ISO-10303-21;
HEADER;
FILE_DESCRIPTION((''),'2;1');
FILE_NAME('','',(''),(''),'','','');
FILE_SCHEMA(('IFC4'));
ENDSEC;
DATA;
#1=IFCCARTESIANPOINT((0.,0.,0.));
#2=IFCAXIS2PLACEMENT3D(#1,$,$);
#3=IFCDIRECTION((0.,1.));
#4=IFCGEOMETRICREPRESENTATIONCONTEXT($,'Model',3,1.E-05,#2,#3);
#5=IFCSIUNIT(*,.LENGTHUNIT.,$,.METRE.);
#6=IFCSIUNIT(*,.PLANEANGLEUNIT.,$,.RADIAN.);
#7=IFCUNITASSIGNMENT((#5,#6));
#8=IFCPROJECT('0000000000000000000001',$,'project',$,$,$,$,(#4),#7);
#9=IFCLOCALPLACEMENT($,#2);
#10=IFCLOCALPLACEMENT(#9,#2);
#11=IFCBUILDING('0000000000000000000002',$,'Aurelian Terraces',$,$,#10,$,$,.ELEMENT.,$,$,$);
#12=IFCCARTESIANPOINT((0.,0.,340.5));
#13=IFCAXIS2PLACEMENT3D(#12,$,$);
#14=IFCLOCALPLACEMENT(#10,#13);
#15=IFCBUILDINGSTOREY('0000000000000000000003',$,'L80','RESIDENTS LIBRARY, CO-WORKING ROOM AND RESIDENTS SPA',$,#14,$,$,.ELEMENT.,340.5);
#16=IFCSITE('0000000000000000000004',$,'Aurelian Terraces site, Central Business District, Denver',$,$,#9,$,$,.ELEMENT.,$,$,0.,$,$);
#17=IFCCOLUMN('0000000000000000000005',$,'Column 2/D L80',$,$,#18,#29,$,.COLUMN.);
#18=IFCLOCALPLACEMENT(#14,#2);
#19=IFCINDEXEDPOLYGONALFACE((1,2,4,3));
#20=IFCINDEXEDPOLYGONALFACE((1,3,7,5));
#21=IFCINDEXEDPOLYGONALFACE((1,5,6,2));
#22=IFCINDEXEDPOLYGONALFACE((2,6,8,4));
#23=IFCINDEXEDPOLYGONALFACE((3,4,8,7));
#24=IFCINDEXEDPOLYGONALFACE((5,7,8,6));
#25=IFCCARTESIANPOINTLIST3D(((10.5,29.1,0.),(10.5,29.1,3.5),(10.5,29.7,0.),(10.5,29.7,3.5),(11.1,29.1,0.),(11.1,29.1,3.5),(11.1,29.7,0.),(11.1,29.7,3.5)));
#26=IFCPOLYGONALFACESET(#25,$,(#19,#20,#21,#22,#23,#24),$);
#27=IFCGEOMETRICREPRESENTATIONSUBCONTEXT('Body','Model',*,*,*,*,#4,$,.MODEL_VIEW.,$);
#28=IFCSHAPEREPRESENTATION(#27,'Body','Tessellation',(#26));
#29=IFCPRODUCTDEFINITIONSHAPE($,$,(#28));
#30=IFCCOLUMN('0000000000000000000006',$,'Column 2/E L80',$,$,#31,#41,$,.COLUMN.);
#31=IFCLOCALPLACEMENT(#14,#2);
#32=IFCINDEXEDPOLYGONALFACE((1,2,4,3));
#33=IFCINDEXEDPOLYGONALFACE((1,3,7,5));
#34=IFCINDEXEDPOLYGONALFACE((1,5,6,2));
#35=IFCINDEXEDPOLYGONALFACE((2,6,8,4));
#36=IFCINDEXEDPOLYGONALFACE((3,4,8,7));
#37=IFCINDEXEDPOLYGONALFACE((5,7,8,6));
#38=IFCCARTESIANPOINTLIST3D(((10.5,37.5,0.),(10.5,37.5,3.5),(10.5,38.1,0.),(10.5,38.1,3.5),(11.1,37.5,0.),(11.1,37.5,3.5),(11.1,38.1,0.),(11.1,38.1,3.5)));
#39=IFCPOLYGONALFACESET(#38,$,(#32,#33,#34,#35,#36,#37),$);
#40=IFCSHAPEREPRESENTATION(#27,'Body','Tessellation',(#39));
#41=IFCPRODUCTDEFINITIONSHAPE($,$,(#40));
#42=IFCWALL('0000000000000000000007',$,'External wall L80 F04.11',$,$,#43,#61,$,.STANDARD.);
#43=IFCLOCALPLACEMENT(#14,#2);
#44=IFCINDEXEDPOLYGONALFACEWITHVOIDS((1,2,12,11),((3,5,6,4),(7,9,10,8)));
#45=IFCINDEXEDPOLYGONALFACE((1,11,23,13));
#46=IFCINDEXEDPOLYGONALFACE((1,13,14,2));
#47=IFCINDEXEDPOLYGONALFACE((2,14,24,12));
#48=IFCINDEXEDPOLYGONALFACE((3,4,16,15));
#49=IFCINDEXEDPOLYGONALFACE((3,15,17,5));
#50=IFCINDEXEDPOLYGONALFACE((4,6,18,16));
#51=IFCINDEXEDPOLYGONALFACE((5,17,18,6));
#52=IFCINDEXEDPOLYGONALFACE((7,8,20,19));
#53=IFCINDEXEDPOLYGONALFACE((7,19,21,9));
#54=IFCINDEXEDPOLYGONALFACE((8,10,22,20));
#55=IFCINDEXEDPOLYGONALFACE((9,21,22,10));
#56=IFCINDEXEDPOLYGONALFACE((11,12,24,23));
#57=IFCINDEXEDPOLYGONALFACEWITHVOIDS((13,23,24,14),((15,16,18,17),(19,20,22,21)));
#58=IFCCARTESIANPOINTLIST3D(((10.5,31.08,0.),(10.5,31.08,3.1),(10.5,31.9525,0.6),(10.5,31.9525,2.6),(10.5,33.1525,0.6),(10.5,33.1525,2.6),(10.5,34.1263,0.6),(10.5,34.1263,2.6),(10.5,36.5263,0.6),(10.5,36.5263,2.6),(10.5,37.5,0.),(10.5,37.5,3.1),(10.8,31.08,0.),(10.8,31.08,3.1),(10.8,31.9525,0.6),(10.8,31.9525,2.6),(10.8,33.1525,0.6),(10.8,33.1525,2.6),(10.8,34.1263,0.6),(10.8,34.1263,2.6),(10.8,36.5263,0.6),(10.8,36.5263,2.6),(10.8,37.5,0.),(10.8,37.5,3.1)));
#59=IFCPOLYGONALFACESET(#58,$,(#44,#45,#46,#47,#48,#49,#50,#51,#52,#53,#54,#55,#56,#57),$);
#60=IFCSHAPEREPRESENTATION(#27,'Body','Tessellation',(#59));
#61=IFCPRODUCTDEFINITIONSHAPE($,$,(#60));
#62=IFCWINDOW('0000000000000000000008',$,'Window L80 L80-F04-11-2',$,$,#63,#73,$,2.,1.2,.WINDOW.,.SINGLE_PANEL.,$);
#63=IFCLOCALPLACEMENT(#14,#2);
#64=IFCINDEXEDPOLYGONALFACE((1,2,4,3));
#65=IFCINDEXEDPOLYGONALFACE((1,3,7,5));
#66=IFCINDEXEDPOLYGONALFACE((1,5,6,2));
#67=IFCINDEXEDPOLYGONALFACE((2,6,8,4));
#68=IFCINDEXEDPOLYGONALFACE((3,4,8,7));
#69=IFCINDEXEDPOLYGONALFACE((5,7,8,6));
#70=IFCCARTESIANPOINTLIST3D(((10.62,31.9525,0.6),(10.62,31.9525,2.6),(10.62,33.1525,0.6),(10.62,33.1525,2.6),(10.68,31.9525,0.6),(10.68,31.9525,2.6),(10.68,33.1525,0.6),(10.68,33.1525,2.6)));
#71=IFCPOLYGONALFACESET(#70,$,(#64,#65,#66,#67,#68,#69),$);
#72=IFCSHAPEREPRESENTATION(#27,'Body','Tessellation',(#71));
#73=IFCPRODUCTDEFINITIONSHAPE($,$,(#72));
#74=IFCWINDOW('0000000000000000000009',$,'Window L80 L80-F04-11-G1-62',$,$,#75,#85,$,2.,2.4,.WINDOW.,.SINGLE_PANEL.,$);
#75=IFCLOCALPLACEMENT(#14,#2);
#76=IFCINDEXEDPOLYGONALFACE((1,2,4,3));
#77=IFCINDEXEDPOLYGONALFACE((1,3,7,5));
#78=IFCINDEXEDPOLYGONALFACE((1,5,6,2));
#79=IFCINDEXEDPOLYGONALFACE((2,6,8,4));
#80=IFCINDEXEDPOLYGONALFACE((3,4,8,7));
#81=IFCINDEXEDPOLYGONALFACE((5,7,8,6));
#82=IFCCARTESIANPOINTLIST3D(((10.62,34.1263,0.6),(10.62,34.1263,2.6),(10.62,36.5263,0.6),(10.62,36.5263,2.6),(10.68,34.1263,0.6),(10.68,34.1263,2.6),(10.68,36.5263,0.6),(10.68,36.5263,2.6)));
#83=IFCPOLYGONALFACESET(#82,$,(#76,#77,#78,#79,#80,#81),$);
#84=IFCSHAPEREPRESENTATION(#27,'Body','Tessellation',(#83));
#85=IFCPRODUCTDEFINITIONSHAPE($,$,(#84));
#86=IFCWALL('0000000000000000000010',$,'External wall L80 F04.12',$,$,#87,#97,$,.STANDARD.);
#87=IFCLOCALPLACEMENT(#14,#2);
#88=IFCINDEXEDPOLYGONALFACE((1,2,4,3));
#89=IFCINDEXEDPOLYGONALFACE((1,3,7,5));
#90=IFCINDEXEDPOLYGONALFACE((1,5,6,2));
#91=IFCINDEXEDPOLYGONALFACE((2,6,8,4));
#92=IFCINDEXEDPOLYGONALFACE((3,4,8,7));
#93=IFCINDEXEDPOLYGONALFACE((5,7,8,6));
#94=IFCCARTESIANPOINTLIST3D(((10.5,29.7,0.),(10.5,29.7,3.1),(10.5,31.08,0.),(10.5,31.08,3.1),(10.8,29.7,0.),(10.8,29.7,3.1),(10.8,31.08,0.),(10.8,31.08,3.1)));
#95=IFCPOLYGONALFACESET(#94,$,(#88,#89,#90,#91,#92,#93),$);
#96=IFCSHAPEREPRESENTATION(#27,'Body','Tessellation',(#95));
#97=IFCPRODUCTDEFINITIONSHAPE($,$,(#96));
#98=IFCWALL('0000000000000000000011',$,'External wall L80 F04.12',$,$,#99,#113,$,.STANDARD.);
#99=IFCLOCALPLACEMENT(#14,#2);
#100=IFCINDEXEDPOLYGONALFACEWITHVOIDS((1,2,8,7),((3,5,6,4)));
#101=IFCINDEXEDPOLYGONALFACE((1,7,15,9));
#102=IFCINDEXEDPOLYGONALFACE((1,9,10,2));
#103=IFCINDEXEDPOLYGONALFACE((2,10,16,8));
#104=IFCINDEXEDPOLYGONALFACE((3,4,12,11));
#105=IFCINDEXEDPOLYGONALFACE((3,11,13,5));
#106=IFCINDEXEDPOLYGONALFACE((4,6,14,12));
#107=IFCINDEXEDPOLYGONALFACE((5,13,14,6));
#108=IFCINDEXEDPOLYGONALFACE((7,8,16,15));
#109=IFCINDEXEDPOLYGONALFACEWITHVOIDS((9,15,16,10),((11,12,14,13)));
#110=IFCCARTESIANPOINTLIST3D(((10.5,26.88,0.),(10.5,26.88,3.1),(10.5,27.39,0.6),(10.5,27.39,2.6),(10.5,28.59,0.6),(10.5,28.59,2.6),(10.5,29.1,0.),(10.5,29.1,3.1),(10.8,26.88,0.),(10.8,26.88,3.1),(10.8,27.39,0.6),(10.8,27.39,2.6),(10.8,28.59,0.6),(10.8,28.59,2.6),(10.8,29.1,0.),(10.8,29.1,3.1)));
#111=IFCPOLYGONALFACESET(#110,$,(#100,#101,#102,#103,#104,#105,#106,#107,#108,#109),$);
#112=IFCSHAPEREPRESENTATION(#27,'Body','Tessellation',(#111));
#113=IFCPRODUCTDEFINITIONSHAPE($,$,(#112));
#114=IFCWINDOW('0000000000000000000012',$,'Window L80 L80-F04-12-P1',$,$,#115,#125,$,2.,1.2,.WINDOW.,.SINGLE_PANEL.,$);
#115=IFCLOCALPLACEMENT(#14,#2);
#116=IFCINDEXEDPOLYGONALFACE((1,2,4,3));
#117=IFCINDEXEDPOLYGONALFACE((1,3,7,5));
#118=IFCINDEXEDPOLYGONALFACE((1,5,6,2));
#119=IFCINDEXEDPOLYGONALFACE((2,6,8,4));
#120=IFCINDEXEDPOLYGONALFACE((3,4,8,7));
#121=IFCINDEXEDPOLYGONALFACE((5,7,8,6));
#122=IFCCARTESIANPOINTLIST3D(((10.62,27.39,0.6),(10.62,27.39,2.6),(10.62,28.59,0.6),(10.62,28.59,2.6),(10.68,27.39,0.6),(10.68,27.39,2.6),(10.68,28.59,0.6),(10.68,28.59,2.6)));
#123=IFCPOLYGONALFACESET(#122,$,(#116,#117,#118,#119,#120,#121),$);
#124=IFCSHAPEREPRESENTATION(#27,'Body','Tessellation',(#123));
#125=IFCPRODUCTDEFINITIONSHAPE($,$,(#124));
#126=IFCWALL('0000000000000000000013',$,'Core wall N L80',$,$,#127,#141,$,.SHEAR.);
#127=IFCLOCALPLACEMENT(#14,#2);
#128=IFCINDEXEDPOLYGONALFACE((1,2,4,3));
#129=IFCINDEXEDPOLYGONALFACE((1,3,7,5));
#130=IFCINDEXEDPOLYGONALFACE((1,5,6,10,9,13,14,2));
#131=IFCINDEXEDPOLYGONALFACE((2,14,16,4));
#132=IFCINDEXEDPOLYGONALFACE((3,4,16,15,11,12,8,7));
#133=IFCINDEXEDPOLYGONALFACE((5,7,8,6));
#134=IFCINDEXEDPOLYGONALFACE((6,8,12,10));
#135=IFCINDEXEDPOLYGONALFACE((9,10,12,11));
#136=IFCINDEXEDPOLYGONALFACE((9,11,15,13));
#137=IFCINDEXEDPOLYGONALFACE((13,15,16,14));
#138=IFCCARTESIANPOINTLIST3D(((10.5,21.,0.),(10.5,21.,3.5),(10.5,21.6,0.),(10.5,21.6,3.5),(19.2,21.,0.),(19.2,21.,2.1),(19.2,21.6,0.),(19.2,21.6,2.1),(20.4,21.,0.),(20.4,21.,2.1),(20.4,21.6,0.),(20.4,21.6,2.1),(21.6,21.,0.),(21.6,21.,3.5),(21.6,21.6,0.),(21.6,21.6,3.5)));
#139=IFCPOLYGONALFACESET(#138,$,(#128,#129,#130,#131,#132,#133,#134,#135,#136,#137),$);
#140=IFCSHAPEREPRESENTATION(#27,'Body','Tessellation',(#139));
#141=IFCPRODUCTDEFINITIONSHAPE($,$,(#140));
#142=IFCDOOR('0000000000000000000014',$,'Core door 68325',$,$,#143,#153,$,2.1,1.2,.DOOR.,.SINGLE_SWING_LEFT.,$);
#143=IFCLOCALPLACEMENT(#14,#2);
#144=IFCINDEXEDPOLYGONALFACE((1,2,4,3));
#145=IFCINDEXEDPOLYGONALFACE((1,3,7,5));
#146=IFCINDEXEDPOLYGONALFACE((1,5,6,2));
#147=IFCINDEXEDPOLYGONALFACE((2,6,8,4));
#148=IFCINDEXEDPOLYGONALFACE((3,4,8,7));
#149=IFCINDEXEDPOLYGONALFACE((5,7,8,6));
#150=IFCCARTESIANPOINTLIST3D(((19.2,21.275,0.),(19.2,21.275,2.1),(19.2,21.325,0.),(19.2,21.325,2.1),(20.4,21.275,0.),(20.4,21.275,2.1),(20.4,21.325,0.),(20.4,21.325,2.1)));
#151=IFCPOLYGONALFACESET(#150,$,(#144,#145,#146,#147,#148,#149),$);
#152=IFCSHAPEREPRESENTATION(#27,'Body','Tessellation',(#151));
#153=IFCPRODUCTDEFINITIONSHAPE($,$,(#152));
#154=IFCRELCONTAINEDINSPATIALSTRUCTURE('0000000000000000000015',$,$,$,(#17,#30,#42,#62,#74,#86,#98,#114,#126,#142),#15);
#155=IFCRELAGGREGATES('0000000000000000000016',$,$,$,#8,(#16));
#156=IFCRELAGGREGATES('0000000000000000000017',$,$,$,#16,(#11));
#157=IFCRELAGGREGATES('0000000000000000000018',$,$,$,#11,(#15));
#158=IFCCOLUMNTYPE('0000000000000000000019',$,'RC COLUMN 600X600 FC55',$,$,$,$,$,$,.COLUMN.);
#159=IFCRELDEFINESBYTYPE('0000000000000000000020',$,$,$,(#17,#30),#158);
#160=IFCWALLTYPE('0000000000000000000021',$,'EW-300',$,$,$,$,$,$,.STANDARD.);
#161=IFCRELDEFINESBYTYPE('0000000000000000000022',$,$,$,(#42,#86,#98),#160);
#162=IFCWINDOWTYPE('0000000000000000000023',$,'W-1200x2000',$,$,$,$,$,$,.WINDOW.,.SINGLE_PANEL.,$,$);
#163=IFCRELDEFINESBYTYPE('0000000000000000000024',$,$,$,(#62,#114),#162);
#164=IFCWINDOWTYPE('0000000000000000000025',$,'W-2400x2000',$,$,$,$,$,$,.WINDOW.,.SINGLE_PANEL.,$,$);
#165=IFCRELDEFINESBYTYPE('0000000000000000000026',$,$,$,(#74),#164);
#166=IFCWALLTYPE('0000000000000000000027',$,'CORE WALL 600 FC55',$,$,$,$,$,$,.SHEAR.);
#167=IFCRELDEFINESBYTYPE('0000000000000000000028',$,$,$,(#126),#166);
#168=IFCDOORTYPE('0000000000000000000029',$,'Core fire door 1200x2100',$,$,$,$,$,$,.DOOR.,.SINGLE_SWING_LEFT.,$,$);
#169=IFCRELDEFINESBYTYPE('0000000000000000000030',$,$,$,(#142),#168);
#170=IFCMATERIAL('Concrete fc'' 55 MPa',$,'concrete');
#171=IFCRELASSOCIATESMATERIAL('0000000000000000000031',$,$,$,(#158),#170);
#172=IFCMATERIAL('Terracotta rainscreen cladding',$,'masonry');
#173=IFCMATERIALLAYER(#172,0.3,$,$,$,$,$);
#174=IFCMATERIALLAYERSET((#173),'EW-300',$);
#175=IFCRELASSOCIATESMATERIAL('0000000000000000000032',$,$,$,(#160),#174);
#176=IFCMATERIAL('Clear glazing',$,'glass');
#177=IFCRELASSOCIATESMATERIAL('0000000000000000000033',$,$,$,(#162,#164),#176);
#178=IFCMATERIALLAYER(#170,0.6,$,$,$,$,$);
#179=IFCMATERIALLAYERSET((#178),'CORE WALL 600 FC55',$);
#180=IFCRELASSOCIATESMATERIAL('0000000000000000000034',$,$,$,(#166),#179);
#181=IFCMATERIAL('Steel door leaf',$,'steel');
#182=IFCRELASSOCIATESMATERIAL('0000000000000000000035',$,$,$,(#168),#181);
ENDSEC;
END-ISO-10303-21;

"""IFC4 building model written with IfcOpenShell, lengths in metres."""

from ifc_helpers import new_model, si_unit, direction, frame, frame_2d, origin, origin_2d, place, context, subcontext, project, spatial, rectangle, extrude, source, transform, mapped, material, layer, layer_set, material_profile, profile_set, type_object, element, fill, save


model = new_model("IFC4")

# Units and contexts
model_context = context("Model", 3, precision=1e-05, world=origin(), true_north=direction((0.0, 1.0)))
body_context = subcontext(model_context, "Body", "Model", "MODEL_VIEW")
ifc_project = project(units=[si_unit("LENGTHUNIT", "METRE"), si_unit("PLANEANGLEUNIT", "RADIAN")], contexts=[model_context])

# Site, building, storey
site_placement = place(None, origin())
site = spatial("IfcSite", under=ifc_project, at=site_placement, Name="Aurelian Terraces site, Central Business District, Denver", CompositionType="ELEMENT", RefElevation=0.0)
building_placement = place(site_placement, origin())
building = spatial("IfcBuilding", under=site, at=building_placement, Name="Aurelian Terraces", CompositionType="ELEMENT")
storey_placement = place(building_placement, frame((0.0, 0.0, 340.5)))
storey = spatial("IfcBuildingStorey", under=building, at=storey_placement, Name="L80", Description="RESIDENTS LIBRARY, CO-WORKING ROOM AND RESIDENTS SPA", CompositionType="ELEMENT", Elevation=340.5)

# Columns
ifc_material_1 = material(Name="Concrete fc' 55 MPa", Category="concrete")
ifc_material_profile = material_profile(ifc_material_1, rectangle(XDim=0.6, YDim=0.6, at=origin_2d()))
ifc_profile_set = profile_set([ifc_material_profile], Name="Concrete fc' 55 MPa")
column_type = type_object("IfcColumnType", Name="RC COLUMN 600X600 FC55", PredefinedType="COLUMN", material=ifc_profile_set)
shared_shape_1 = source(origin(), body_context, "Body", "SweptSolid", [
    extrude(rectangle(XDim=0.6, YDim=0.6, at=origin_2d()), origin(), (0.0, 0.0, 1.0), 3.5),
])
for number, where, z_axis, x_axis, name in (
    (1, (10.8, 29.4, 0.0), (0.0, 0.0, 1.0), (1.0, 0.0, 0.0), "Column 2/D L80"),
    (2, (10.8, 37.8, 0.0), (0.0, 0.0, 1.0), (1.0, 0.0, 0.0), "Column 2/E L80"),
):
    element("IfcColumn", number, at=place(storey_placement, frame(where, z_axis=z_axis, x_axis=x_axis)), inside=storey, type_object=column_type, Name=name, PredefinedType="COLUMN", context=body_context, shape_type="MappedRepresentation", body=[
        mapped(shared_shape_1, transform((0.0, 0.0, 0.0), scale=1.0)),
    ])

# Wall, openings, windows
ifc_material_2 = material(Name="Terracotta rainscreen cladding", Category="masonry")
ifc_layer_1 = layer(ifc_material_2, 0.3)
ifc_layer_set_1 = layer_set([ifc_layer_1], Name="EW-300")
wall_type_1 = type_object("IfcWallType", Name="EW-300", PredefinedType="STANDARD", material=ifc_layer_set_1)
wall_1_placement = place(storey_placement, frame((10.65, 37.5, 0.0), z_axis=(0.0, 0.0, 1.0), x_axis=(0.0, -1.0, 0.0)))
wall_1 = element("IfcWall", 3, at=wall_1_placement, inside=storey, type_object=wall_type_1, Name="External wall L80 F04.11", PredefinedType="STANDARD", context=body_context, shape_type="SweptSolid", body=[
    extrude(rectangle(XDim=6.42, YDim=0.3, at=frame_2d((3.21, 0.0))), origin(), (0.0, 0.0, 1.0), 3.1),
])
shared_shape_2 = source(origin(), body_context, "Body", "SweptSolid", [
    extrude(rectangle(XDim=1.2, YDim=2.0, at=frame_2d((0.6, 1.0))), frame((0.0, 0.16, 0.0), z_axis=(0.0, -1.0, 0.0), x_axis=(1.0, 0.0, 0.0)), (0.0, 0.0, 1.0), 0.32),
])
opening_1_placement = place(wall_1_placement, frame((4.3475, 0.0, 0.6)))
opening_1 = element("IfcOpeningElement", 4, at=opening_1_placement, cuts=wall_1, PredefinedType="OPENING", context=body_context, shape_type="MappedRepresentation", body=[
    mapped(shared_shape_2, transform((0.0, 0.0, 0.0), scale=1.0)),
])
shared_shape_3 = source(origin(), body_context, "Body", "SweptSolid", [
    extrude(rectangle(XDim=2.4, YDim=2.0, at=frame_2d((1.2, 1.0))), frame((0.0, 0.16, 0.0), z_axis=(0.0, -1.0, 0.0), x_axis=(1.0, 0.0, 0.0)), (0.0, 0.0, 1.0), 0.32),
])
opening_2_placement = place(wall_1_placement, frame((0.9737, 0.0, 0.6)))
opening_2 = element("IfcOpeningElement", 5, at=opening_2_placement, cuts=wall_1, PredefinedType="OPENING", context=body_context, shape_type="MappedRepresentation", body=[
    mapped(shared_shape_3, transform((0.0, 0.0, 0.0), scale=1.0)),
])
ifc_material_3 = material(Name="Clear glazing", Category="glass")
window_type_1 = type_object("IfcWindowType", Name="W-1200x2000", PartitioningType="SINGLE_PANEL", PredefinedType="WINDOW", material=ifc_material_3)
shared_shape_4 = source(origin(), body_context, "Body", "SweptSolid", [
    extrude(rectangle(XDim=1.2, YDim=2.0, at=frame_2d((0.6, 1.0))), frame((0.0, 0.03, 0.0), z_axis=(0.0, -1.0, 0.0), x_axis=(1.0, 0.0, 0.0)), (0.0, 0.0, 1.0), 0.06),
])
window_1_placement = place(opening_1_placement, origin())
window_1 = element("IfcWindow", 6, at=window_1_placement, inside=storey, type_object=window_type_1, Name="Window L80 L80-F04-11-2", OverallHeight=2.0, OverallWidth=1.2, PartitioningType="SINGLE_PANEL", PredefinedType="WINDOW", context=body_context, shape_type="MappedRepresentation", body=[
    mapped(shared_shape_4, transform((0.0, 0.0, 0.0), scale=1.0)),
])
fill(opening_1, window_1)
window_type_2 = type_object("IfcWindowType", Name="W-2400x2000", PartitioningType="SINGLE_PANEL", PredefinedType="WINDOW", material=ifc_material_3)
shared_shape_5 = source(origin(), body_context, "Body", "SweptSolid", [
    extrude(rectangle(XDim=2.4, YDim=2.0, at=frame_2d((1.2, 1.0))), frame((0.0, 0.03, 0.0), z_axis=(0.0, -1.0, 0.0), x_axis=(1.0, 0.0, 0.0)), (0.0, 0.0, 1.0), 0.06),
])
window_2_placement = place(opening_2_placement, origin())
window_2 = element("IfcWindow", 7, at=window_2_placement, inside=storey, type_object=window_type_2, Name="Window L80 L80-F04-11-G1-62", OverallHeight=2.0, OverallWidth=2.4, PartitioningType="SINGLE_PANEL", PredefinedType="WINDOW", context=body_context, shape_type="MappedRepresentation", body=[
    mapped(shared_shape_5, transform((0.0, 0.0, 0.0), scale=1.0)),
])
fill(opening_2, window_2)

# Wall
wall_2_placement = place(storey_placement, frame((10.65, 31.08, 0.0), z_axis=(0.0, 0.0, 1.0), x_axis=(0.0, -1.0, 0.0)))
element("IfcWall", 8, at=wall_2_placement, inside=storey, type_object=wall_type_1, Name="External wall L80 F04.12", PredefinedType="STANDARD", context=body_context, shape_type="SweptSolid", body=[
    extrude(rectangle(XDim=1.38, YDim=0.3, at=frame_2d((0.69, 0.0))), origin(), (0.0, 0.0, 1.0), 3.1),
])

# Wall, opening, window
wall_3_placement = place(storey_placement, frame((10.65, 29.1, 0.0), z_axis=(0.0, 0.0, 1.0), x_axis=(0.0, -1.0, 0.0)))
wall_3 = element("IfcWall", 9, at=wall_3_placement, inside=storey, type_object=wall_type_1, Name="External wall L80 F04.12", PredefinedType="STANDARD", context=body_context, shape_type="SweptSolid", body=[
    extrude(rectangle(XDim=2.22, YDim=0.3, at=frame_2d((1.11, 0.0))), origin(), (0.0, 0.0, 1.0), 3.1),
])
opening_3_placement = place(wall_3_placement, frame((0.51, 0.0, 0.6)))
opening_3 = element("IfcOpeningElement", 10, at=opening_3_placement, cuts=wall_3, PredefinedType="OPENING", context=body_context, shape_type="MappedRepresentation", body=[
    mapped(shared_shape_2, transform((0.0, 0.0, 0.0), scale=1.0)),
])
window_3_placement = place(opening_3_placement, origin())
window_3 = element("IfcWindow", 11, at=window_3_placement, inside=storey, type_object=window_type_1, Name="Window L80 L80-F04-12-P1", OverallHeight=2.0, OverallWidth=1.2, PartitioningType="SINGLE_PANEL", PredefinedType="WINDOW", context=body_context, shape_type="MappedRepresentation", body=[
    mapped(shared_shape_4, transform((0.0, 0.0, 0.0), scale=1.0)),
])
fill(opening_3, window_3)

# Wall, opening, door
ifc_layer_2 = layer(ifc_material_1, 0.6)
ifc_layer_set_2 = layer_set([ifc_layer_2], Name="CORE WALL 600 FC55")
wall_type_2 = type_object("IfcWallType", Name="CORE WALL 600 FC55", PredefinedType="SHEAR", material=ifc_layer_set_2)
shared_shape_6 = source(origin(), body_context, "Body", "SweptSolid", [
    extrude(rectangle(XDim=11.1, YDim=0.6, at=frame_2d((5.55, 0.0))), origin(), (0.0, 0.0, 1.0), 3.5),
])
wall_4_placement = place(storey_placement, frame((10.5, 21.3, 0.0), z_axis=(0.0, 0.0, 1.0), x_axis=(1.0, 0.0, 0.0)))
wall_4 = element("IfcWall", 12, at=wall_4_placement, inside=storey, type_object=wall_type_2, Name="Core wall N L80", PredefinedType="SHEAR", context=body_context, shape_type="MappedRepresentation", body=[
    mapped(shared_shape_6, transform((0.0, 0.0, 0.0), scale=1.0)),
])
shared_shape_7 = source(origin(), body_context, "Body", "SweptSolid", [
    extrude(rectangle(XDim=1.2, YDim=2.1, at=frame_2d((0.6, 1.05))), frame((0.0, 0.31, 0.0), z_axis=(0.0, -1.0, 0.0), x_axis=(1.0, 0.0, 0.0)), (0.0, 0.0, 1.0), 0.62),
])
opening_4_placement = place(wall_4_placement, frame((8.7, 0.0, 0.0)))
opening_4 = element("IfcOpeningElement", 13, at=opening_4_placement, cuts=wall_4, PredefinedType="OPENING", context=body_context, shape_type="MappedRepresentation", body=[
    mapped(shared_shape_7, transform((0.0, 0.0, 0.0), scale=1.0)),
])
ifc_material_4 = material(Name="Steel door leaf", Category="steel")
door_type_1 = type_object("IfcDoorType", Name="Core fire door 1200x2100", OperationType="SINGLE_SWING_LEFT", PredefinedType="DOOR", material=ifc_material_4)
shared_shape_8 = source(origin(), body_context, "Body", "SweptSolid", [
    extrude(rectangle(XDim=1.2, YDim=2.1, at=frame_2d((0.6, 1.05))), frame((0.0, 0.025, 0.0), z_axis=(0.0, -1.0, 0.0), x_axis=(1.0, 0.0, 0.0)), (0.0, 0.0, 1.0), 0.05),
])
door_1_placement = place(opening_4_placement, origin())
door_1 = element("IfcDoor", 14, at=door_1_placement, inside=storey, type_object=door_type_1, Name="Core door 68325", OperationType="SINGLE_SWING_LEFT", OverallHeight=2.1, OverallWidth=1.2, PredefinedType="DOOR", context=body_context, shape_type="MappedRepresentation", body=[
    mapped(shared_shape_8, transform((0.0, 0.0, 0.0), scale=1.0)),
])
fill(opening_4, door_1)

save(model, "model.ifc")
